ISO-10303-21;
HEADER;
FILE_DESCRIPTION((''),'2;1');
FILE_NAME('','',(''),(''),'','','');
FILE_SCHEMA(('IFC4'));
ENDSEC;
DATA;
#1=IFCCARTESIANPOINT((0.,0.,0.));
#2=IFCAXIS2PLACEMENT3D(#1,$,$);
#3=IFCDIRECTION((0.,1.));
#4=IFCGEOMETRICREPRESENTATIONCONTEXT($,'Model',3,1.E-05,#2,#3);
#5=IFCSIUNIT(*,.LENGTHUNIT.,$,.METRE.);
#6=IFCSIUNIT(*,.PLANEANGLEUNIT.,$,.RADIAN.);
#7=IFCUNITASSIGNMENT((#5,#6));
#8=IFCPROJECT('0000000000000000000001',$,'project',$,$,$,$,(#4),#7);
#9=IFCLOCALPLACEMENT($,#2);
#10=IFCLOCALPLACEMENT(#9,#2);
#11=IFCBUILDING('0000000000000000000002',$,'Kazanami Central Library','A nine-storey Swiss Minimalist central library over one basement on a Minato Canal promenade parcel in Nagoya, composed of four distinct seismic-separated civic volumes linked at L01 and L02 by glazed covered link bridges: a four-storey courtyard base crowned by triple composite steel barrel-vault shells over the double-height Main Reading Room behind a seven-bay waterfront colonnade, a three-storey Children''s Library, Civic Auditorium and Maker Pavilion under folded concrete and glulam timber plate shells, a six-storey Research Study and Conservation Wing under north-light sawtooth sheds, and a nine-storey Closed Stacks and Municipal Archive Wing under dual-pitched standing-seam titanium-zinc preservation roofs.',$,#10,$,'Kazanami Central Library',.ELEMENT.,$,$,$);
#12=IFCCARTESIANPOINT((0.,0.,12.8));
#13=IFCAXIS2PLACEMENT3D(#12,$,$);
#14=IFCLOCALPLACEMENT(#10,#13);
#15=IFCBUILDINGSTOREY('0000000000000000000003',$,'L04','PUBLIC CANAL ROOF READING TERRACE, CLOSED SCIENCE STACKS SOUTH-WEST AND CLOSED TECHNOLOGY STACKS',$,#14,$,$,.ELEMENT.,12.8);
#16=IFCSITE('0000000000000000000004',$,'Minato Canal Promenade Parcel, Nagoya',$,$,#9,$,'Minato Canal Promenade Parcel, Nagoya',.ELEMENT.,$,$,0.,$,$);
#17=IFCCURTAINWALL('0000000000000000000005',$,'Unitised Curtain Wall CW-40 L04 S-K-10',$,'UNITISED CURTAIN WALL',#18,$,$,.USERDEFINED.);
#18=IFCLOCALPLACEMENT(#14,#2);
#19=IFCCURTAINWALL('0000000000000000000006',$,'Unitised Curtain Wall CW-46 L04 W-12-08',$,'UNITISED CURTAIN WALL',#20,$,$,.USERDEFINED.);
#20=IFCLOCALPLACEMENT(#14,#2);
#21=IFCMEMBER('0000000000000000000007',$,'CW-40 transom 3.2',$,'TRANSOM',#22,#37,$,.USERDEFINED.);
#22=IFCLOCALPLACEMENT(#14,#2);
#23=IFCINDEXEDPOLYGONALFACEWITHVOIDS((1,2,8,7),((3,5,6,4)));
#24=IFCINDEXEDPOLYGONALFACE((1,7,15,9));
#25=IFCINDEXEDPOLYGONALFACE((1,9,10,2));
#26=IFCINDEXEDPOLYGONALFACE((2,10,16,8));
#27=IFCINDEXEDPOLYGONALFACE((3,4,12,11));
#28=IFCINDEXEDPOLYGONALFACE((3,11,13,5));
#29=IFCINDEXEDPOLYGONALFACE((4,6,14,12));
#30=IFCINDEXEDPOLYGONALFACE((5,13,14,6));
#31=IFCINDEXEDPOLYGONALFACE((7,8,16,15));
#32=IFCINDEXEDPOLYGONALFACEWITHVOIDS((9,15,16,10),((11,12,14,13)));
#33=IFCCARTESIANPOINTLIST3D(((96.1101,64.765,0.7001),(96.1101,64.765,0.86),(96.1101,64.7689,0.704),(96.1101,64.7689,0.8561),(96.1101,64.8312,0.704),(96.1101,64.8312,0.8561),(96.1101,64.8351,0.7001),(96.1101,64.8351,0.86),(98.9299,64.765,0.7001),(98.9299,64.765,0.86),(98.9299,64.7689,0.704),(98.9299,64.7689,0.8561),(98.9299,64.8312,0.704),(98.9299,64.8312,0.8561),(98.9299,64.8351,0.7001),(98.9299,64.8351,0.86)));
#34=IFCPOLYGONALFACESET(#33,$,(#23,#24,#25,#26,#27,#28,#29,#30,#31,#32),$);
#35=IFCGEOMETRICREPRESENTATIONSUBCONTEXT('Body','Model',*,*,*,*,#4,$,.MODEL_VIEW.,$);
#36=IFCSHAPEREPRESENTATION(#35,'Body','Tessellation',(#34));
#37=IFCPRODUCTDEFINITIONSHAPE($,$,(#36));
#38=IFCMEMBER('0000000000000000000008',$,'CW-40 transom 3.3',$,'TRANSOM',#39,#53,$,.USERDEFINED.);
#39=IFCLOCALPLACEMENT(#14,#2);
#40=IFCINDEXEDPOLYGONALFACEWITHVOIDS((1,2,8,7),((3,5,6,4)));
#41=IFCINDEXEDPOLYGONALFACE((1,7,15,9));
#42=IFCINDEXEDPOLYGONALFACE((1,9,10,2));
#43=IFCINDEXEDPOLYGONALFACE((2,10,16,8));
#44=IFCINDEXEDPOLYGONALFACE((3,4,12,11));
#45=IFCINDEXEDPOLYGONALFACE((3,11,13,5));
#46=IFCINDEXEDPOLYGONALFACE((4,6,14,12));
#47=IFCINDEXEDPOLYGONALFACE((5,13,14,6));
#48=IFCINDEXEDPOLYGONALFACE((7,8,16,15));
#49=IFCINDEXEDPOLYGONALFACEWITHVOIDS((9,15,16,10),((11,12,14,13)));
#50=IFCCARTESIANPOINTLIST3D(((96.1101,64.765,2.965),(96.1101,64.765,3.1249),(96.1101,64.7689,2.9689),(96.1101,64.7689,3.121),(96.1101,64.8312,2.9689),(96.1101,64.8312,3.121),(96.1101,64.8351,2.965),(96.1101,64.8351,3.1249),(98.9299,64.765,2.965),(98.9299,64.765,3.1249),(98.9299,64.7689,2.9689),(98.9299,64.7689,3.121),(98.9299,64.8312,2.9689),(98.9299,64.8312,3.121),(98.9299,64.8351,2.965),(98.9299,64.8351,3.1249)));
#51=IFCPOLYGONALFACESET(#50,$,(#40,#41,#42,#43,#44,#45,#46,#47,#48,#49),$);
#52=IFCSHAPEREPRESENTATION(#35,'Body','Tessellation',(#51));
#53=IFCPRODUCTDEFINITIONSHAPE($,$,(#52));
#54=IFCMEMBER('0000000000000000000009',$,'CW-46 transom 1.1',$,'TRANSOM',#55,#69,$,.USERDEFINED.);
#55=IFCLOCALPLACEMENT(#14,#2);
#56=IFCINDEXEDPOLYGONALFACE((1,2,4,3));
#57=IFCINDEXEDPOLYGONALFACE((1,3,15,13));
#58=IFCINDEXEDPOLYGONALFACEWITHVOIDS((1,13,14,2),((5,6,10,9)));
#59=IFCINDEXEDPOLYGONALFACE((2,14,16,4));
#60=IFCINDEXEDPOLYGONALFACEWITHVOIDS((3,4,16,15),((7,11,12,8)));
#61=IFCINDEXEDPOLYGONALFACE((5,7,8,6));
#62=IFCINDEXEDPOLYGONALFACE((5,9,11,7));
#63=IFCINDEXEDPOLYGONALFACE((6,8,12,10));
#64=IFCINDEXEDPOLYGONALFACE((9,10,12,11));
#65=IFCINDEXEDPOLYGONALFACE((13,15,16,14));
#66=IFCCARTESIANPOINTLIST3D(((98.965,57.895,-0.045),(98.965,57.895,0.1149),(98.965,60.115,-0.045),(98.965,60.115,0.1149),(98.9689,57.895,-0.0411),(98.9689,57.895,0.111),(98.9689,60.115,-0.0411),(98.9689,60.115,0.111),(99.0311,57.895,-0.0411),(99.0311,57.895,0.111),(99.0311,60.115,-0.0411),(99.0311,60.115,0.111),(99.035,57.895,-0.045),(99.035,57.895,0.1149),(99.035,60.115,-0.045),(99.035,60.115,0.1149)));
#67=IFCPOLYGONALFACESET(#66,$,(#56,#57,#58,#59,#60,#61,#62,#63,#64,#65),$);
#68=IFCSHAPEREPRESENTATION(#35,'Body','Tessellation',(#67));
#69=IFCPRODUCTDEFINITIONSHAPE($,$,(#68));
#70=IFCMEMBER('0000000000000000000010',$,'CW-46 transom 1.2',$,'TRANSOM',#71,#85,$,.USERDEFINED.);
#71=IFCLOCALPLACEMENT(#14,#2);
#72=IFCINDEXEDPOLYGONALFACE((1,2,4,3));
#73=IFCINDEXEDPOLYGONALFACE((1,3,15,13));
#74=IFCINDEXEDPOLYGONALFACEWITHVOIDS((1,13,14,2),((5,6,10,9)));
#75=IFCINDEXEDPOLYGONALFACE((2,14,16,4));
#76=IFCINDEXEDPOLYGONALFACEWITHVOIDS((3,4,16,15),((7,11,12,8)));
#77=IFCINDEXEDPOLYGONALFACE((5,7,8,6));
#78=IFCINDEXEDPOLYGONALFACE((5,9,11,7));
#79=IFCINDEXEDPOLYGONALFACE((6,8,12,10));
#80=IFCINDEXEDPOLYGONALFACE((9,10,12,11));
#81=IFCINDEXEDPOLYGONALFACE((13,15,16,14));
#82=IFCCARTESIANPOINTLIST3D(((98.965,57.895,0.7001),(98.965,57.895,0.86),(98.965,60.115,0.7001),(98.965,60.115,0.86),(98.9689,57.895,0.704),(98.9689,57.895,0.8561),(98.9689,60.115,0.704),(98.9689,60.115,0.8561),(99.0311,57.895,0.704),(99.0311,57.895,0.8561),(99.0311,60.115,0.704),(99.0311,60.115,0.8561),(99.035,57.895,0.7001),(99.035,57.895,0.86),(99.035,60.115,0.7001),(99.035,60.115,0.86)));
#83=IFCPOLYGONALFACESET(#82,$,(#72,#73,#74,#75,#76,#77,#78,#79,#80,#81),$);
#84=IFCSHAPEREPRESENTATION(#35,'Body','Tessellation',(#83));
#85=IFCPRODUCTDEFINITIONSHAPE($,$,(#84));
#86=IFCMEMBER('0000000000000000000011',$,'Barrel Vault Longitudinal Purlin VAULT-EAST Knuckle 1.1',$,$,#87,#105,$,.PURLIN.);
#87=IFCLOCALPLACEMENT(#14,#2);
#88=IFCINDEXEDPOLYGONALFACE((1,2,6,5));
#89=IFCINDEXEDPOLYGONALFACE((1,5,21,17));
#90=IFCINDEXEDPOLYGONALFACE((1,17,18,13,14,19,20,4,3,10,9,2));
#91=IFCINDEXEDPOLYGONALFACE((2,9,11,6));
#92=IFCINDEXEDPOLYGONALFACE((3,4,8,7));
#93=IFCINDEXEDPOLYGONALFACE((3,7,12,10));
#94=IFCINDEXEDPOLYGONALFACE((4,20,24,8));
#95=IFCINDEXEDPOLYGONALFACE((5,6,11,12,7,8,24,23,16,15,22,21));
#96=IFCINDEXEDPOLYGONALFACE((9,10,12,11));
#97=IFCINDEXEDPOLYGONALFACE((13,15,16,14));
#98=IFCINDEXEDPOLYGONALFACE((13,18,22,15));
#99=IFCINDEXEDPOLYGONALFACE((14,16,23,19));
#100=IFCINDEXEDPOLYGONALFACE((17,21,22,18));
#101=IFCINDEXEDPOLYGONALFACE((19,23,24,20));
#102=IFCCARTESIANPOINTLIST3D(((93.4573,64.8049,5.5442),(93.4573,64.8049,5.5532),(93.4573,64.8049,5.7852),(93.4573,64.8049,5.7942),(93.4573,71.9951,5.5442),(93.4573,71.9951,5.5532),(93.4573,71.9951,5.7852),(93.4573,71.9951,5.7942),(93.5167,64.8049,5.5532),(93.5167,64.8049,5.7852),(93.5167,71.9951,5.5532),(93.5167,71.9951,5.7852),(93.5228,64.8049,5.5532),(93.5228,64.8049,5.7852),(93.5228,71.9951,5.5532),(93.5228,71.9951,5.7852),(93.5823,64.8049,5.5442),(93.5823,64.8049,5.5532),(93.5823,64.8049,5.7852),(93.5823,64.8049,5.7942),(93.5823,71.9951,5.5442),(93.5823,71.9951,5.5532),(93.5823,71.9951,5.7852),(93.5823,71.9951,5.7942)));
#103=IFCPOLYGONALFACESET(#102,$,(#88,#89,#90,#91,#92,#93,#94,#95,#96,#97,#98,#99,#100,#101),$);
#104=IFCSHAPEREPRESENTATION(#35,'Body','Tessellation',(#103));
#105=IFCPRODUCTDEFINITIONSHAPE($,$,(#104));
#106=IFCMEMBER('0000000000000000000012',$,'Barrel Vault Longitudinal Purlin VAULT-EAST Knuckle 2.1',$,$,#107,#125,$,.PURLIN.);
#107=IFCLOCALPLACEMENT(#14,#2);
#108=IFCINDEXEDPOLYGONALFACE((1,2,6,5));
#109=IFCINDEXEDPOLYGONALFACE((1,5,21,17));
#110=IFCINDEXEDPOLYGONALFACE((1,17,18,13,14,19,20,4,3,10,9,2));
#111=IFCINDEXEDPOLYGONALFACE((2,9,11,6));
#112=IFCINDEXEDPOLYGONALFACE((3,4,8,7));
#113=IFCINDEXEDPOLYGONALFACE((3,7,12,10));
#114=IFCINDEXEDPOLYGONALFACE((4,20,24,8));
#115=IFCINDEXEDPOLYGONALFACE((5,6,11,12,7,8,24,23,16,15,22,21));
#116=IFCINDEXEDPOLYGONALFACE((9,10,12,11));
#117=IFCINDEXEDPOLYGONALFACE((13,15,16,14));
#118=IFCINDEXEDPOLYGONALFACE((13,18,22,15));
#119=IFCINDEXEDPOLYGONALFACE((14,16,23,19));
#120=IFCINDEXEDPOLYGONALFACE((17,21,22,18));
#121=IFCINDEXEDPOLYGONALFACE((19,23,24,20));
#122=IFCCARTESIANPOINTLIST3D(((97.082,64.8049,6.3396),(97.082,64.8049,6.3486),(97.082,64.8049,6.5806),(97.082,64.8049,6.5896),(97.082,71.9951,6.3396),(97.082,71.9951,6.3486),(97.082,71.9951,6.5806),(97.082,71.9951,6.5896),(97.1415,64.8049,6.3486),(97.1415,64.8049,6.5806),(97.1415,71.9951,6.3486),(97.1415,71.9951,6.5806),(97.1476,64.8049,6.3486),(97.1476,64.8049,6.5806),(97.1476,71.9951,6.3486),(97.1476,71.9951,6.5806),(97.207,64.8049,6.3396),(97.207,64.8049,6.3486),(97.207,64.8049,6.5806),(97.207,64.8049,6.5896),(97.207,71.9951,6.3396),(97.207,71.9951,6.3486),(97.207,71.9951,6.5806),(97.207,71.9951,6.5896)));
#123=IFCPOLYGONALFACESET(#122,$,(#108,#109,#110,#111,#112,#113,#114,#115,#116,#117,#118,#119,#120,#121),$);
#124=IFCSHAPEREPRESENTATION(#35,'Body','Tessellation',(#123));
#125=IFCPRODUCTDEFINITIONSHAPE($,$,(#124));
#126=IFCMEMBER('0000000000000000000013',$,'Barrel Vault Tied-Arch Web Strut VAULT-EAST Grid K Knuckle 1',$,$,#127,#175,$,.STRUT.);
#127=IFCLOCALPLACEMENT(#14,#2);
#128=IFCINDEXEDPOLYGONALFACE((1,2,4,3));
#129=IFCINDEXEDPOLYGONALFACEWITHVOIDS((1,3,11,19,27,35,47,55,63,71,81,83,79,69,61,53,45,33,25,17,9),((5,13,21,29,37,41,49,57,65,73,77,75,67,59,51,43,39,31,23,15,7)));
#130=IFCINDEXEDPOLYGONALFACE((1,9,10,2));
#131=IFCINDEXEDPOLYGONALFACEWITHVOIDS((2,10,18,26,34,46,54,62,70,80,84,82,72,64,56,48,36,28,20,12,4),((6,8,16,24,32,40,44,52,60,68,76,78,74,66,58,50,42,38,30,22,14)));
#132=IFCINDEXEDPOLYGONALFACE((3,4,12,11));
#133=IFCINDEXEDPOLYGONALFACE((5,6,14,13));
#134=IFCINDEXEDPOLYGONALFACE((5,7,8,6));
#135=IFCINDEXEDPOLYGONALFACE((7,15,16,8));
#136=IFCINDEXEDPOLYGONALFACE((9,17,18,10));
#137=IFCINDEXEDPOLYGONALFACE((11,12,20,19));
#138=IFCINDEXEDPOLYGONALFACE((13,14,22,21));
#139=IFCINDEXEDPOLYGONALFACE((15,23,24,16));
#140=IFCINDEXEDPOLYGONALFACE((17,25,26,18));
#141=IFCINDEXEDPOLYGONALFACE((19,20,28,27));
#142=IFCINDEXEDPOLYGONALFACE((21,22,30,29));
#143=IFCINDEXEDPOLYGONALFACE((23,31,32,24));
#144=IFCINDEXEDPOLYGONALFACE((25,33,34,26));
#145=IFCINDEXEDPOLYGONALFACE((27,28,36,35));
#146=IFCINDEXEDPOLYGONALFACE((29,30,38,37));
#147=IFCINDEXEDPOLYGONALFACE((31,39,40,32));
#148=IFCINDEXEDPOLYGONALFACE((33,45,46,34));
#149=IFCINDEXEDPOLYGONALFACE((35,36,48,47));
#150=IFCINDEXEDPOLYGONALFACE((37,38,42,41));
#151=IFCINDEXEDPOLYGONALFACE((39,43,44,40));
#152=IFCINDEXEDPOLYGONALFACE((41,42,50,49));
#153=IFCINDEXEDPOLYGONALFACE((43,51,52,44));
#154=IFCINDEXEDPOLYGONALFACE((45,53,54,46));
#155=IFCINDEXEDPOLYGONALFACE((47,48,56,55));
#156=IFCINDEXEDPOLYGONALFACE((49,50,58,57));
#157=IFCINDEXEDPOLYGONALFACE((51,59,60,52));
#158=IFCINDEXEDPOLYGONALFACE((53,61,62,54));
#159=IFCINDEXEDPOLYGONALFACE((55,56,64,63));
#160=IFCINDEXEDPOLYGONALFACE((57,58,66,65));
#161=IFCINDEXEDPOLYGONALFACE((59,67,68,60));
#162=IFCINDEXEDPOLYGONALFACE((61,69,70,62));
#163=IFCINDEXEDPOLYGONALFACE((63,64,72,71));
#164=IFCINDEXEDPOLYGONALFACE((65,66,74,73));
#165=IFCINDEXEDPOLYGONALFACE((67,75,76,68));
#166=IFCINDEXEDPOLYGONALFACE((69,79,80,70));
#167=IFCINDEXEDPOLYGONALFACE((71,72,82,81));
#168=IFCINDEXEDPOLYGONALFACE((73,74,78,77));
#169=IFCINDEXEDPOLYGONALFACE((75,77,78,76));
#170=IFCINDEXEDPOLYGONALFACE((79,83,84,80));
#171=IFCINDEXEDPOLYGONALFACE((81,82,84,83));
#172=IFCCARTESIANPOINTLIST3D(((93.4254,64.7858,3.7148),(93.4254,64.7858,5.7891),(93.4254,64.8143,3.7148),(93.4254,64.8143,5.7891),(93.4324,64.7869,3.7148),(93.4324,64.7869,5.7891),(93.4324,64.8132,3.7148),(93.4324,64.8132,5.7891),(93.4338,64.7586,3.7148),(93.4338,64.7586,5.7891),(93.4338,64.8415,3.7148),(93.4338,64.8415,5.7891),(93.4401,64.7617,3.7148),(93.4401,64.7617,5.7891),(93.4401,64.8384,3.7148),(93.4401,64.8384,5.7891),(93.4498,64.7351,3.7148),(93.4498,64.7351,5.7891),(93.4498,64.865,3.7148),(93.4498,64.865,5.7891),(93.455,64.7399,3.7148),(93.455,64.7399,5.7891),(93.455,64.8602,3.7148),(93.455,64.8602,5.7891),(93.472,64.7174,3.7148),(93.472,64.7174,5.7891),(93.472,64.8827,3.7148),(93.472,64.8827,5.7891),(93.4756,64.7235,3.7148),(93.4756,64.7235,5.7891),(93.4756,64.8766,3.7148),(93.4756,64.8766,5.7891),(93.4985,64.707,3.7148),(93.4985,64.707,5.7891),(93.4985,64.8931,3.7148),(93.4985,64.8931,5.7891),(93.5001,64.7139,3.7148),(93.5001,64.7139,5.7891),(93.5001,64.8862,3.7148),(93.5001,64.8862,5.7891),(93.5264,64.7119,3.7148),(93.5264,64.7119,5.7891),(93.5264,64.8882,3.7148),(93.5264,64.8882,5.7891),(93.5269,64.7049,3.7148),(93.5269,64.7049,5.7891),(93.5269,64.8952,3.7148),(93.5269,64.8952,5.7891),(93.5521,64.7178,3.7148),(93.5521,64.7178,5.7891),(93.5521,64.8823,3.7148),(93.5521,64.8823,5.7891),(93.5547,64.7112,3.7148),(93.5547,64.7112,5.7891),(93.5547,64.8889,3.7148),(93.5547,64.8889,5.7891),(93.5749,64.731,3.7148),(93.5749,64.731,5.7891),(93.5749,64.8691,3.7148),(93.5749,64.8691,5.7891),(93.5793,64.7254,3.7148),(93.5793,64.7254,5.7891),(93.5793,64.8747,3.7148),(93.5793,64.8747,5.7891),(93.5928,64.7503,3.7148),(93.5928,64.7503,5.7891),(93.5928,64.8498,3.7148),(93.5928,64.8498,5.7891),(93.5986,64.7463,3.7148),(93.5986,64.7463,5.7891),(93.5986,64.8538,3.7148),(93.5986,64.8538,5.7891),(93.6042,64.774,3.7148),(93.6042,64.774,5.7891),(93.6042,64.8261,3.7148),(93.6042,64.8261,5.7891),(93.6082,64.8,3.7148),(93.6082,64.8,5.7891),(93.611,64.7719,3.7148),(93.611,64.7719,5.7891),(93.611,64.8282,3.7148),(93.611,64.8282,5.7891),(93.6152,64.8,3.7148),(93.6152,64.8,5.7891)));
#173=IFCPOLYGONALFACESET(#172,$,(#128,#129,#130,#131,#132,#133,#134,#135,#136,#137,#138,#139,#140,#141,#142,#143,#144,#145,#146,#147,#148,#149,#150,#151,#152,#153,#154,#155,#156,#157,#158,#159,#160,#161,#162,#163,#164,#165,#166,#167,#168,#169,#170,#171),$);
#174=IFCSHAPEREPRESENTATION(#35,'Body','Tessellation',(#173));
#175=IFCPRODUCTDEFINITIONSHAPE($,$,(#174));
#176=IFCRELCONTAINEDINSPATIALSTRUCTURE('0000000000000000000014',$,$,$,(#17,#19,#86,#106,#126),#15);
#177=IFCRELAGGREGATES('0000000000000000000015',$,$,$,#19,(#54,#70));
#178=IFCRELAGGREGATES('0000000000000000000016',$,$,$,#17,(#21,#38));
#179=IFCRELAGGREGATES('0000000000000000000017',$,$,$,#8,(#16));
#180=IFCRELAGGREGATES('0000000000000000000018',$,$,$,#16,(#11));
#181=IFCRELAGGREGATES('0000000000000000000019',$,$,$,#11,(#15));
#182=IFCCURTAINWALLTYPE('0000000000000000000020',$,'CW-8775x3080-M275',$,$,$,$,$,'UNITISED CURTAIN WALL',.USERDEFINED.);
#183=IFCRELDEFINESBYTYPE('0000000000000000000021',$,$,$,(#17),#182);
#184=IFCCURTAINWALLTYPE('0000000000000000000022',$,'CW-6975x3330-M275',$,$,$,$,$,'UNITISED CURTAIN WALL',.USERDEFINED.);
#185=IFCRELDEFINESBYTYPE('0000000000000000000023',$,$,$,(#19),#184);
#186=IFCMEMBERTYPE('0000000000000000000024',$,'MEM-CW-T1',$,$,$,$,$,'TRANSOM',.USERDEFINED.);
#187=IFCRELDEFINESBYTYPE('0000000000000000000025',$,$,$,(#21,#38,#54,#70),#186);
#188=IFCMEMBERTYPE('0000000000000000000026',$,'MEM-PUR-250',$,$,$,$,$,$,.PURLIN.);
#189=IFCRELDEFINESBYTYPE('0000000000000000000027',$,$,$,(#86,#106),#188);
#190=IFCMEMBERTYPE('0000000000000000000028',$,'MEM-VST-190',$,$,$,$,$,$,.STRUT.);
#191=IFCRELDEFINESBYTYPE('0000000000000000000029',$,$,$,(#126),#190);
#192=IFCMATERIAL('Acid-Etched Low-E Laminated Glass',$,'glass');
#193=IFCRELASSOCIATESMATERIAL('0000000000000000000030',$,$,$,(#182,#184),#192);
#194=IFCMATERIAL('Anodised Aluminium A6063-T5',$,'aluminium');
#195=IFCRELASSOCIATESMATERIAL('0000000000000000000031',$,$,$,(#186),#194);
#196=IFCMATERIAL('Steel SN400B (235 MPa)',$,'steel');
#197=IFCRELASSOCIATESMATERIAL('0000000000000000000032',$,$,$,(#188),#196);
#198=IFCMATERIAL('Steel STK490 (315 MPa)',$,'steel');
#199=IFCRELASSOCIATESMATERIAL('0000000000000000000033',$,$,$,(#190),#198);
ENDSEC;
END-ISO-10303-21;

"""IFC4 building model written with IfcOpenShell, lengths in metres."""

from ifc_helpers import new_model, si_unit, direction, frame, origin, origin_2d, place, context, subcontext, project, spatial, hollow_rectangle, hollow_circle, i_section, extrude, material, material_profile, profile_set, type_object, element, aggregate, save


model = new_model("IFC4")

# Units and contexts
model_context = context("Model", 3, precision=1e-05, world=origin(), true_north=direction((0.0, 1.0)))
body_context = subcontext(model_context, "Body", "Model", "MODEL_VIEW")
ifc_project = project(units=[si_unit("LENGTHUNIT", "METRE"), si_unit("PLANEANGLEUNIT", "RADIAN")], contexts=[model_context])

# Site, building, storey
site_placement = place(None, origin())
site = spatial("IfcSite", under=ifc_project, at=site_placement, Name="Minato Canal Promenade Parcel, Nagoya", LongName="Minato Canal Promenade Parcel, Nagoya", CompositionType="ELEMENT", RefElevation=0.0)
building_placement = place(site_placement, origin())
building = spatial("IfcBuilding", under=site, at=building_placement, Name="Kazanami Central Library", Description="A nine-storey Swiss Minimalist central library over one basement on a Minato Canal promenade parcel in Nagoya, composed of four distinct seismic-separated civic volumes linked at L01 and L02 by glazed covered link bridges: a four-storey courtyard base crowned by triple composite steel barrel-vault shells over the double-height Main Reading Room behind a seven-bay waterfront colonnade, a three-storey Children's Library, Civic Auditorium and Maker Pavilion under folded concrete and glulam timber plate shells, a six-storey Research Study and Conservation Wing under north-light sawtooth sheds, and a nine-storey Closed Stacks and Municipal Archive Wing under dual-pitched standing-seam titanium-zinc preservation roofs.", LongName="Kazanami Central Library", CompositionType="ELEMENT")
storey_placement = place(building_placement, frame((0.0, 0.0, 12.8)))
storey = spatial("IfcBuildingStorey", under=building, at=storey_placement, Name="L04", Description="PUBLIC CANAL ROOF READING TERRACE, CLOSED SCIENCE STACKS SOUTH-WEST AND CLOSED TECHNOLOGY STACKS", CompositionType="ELEMENT", Elevation=12.8)

# Curtain wall
ifc_material_1 = material(Name="Acid-Etched Low-E Laminated Glass", Category="glass")
curtain_wall_type_1 = type_object("IfcCurtainWallType", Name="CW-8775x3080-M275", ElementType="UNITISED CURTAIN WALL", PredefinedType="USERDEFINED", material=ifc_material_1)
curtain_wall_1_placement = place(storey_placement, origin())
curtain_wall_1 = element("IfcCurtainWall", 1, at=curtain_wall_1_placement, inside=storey, type_object=curtain_wall_type_1, Name="Unitised Curtain Wall CW-40 L04 S-K-10", ObjectType="UNITISED CURTAIN WALL", PredefinedType="USERDEFINED")
ifc_material_2 = material(Name="Anodised Aluminium A6063-T5", Category="aluminium")

# Curtain wall
curtain_wall_type_2 = type_object("IfcCurtainWallType", Name="CW-6975x3330-M275", ElementType="UNITISED CURTAIN WALL", PredefinedType="USERDEFINED", material=ifc_material_1)
curtain_wall_2_placement = place(storey_placement, origin())
curtain_wall_2 = element("IfcCurtainWall", 2, at=curtain_wall_2_placement, inside=storey, type_object=curtain_wall_type_2, Name="Unitised Curtain Wall CW-46 L04 W-12-08", ObjectType="UNITISED CURTAIN WALL", PredefinedType="USERDEFINED")

# Members
ifc_material_profile_1 = material_profile(ifc_material_2, hollow_rectangle(XDim=0.0701, YDim=0.1599, WallThickness=0.0039, at=origin_2d()), Name="ALU-TRAN-70x160x4")
ifc_profile_set_1 = profile_set([ifc_material_profile_1], Name="Anodised Aluminium A6063-T5")
member_type_1 = type_object("IfcMemberType", Name="MEM-CW-T1", ElementType="TRANSOM", PredefinedType="USERDEFINED", material=ifc_profile_set_1)
member_1_placement = place(storey_placement, frame((96.1101, 64.8, 0.78), z_axis=(1.0, 0.0, 0.0), x_axis=(0.0, 1.0, 0.0)))
member_1 = element("IfcMember", 3, at=member_1_placement, type_object=member_type_1, Name="CW-40 transom 3.2", ObjectType="TRANSOM", PredefinedType="USERDEFINED", context=body_context, shape_type="SweptSolid", body=[
    extrude(hollow_rectangle(XDim=0.0701, YDim=0.1599, WallThickness=0.0039, at=origin_2d()), origin(), (0.0, 0.0, 1.0), 2.8198),
])
member_2_placement = place(storey_placement, frame((96.1101, 64.8, 3.0449), z_axis=(1.0, 0.0, 0.0), x_axis=(0.0, 1.0, 0.0)))
member_2 = element("IfcMember", 4, at=member_2_placement, type_object=member_type_1, Name="CW-40 transom 3.3", ObjectType="TRANSOM", PredefinedType="USERDEFINED", context=body_context, shape_type="SweptSolid", body=[
    extrude(hollow_rectangle(XDim=0.0701, YDim=0.1599, WallThickness=0.0039, at=origin_2d()), origin(), (0.0, 0.0, 1.0), 2.8198),
])
member_3_placement = place(storey_placement, frame((99.0, 57.895, 0.0349), z_axis=(0.0, 1.0, 0.0), x_axis=(-1.0, 0.0, 0.0)))
member_3 = element("IfcMember", 5, at=member_3_placement, type_object=member_type_1, Name="CW-46 transom 1.1", ObjectType="TRANSOM", PredefinedType="USERDEFINED", context=body_context, shape_type="SweptSolid", body=[
    extrude(hollow_rectangle(XDim=0.0701, YDim=0.1599, WallThickness=0.0039, at=origin_2d()), origin(), (0.0, 0.0, 1.0), 2.22),
])
member_4_placement = place(storey_placement, frame((99.0, 57.895, 0.78), z_axis=(0.0, 1.0, 0.0), x_axis=(-1.0, 0.0, 0.0)))
member_4 = element("IfcMember", 6, at=member_4_placement, type_object=member_type_1, Name="CW-46 transom 1.2", ObjectType="TRANSOM", PredefinedType="USERDEFINED", context=body_context, shape_type="SweptSolid", body=[
    extrude(hollow_rectangle(XDim=0.0701, YDim=0.1599, WallThickness=0.0039, at=origin_2d()), origin(), (0.0, 0.0, 1.0), 2.22),
])
aggregate(curtain_wall_2, [member_3, member_4])

# Members
ifc_material_3 = material(Name="Steel SN400B (235 MPa)", Category="steel")
ifc_material_profile_2 = material_profile(ifc_material_3, i_section(OverallWidth=0.125, OverallDepth=0.25, WebThickness=0.0061, FlangeThickness=0.009, at=origin_2d()), Name="H-250x125x6x9")
ifc_profile_set_2 = profile_set([ifc_material_profile_2], Name="Steel SN400B (235 MPa)")
member_type_2 = type_object("IfcMemberType", Name="MEM-PUR-250", PredefinedType="PURLIN", material=ifc_profile_set_2)
for number, where, z_axis, x_axis, name in (
    (7, (93.5198, 64.8049, 5.6692), (0.0, 1.0, 0.0), (-1.0, 0.0, 0.0), "Barrel Vault Longitudinal Purlin VAULT-EAST Knuckle 1.1"),
    (8, (97.1445, 64.8049, 6.4646), (0.0, 1.0, 0.0), (-1.0, 0.0, 0.0), "Barrel Vault Longitudinal Purlin VAULT-EAST Knuckle 2.1"),
):
    element("IfcMember", number, at=place(storey_placement, frame(where, z_axis=z_axis, x_axis=x_axis)), inside=storey, type_object=member_type_2, Name=name, PredefinedType="PURLIN", context=body_context, shape_type="SweptSolid", body=[
        extrude(i_section(OverallWidth=0.125, OverallDepth=0.25, WebThickness=0.0061, FlangeThickness=0.009, at=origin_2d()), origin(), (0.0, 0.0, 1.0), 7.1902),
    ])
ifc_material_4 = material(Name="Steel STK490 (315 MPa)", Category="steel")
ifc_material_profile_3 = material_profile(ifc_material_4, hollow_circle(Radius=0.0955, WallThickness=0.0071, at=origin_2d()), Name="CHS-190.7x7.0")
ifc_profile_set_3 = profile_set([ifc_material_profile_3], Name="Steel STK490 (315 MPa)")
member_type_3 = type_object("IfcMemberType", Name="MEM-VST-190", PredefinedType="STRUT", material=ifc_profile_set_3)
member_5_placement = place(storey_placement, frame((93.5198, 64.8, 3.7148), z_axis=(0.0, 0.0, 1.0), x_axis=(1.0, 0.0, 0.0)))
element("IfcMember", 9, at=member_5_placement, inside=storey, type_object=member_type_3, Name="Barrel Vault Tied-Arch Web Strut VAULT-EAST Grid K Knuckle 1", PredefinedType="STRUT", context=body_context, shape_type="SweptSolid", body=[
    extrude(hollow_circle(Radius=0.0955, WallThickness=0.0071, at=origin_2d()), origin(), (0.0, 0.0, 1.0), 2.0742),
])

aggregate(curtain_wall_1, [member_1, member_2])

save(model, "model.ifc")
